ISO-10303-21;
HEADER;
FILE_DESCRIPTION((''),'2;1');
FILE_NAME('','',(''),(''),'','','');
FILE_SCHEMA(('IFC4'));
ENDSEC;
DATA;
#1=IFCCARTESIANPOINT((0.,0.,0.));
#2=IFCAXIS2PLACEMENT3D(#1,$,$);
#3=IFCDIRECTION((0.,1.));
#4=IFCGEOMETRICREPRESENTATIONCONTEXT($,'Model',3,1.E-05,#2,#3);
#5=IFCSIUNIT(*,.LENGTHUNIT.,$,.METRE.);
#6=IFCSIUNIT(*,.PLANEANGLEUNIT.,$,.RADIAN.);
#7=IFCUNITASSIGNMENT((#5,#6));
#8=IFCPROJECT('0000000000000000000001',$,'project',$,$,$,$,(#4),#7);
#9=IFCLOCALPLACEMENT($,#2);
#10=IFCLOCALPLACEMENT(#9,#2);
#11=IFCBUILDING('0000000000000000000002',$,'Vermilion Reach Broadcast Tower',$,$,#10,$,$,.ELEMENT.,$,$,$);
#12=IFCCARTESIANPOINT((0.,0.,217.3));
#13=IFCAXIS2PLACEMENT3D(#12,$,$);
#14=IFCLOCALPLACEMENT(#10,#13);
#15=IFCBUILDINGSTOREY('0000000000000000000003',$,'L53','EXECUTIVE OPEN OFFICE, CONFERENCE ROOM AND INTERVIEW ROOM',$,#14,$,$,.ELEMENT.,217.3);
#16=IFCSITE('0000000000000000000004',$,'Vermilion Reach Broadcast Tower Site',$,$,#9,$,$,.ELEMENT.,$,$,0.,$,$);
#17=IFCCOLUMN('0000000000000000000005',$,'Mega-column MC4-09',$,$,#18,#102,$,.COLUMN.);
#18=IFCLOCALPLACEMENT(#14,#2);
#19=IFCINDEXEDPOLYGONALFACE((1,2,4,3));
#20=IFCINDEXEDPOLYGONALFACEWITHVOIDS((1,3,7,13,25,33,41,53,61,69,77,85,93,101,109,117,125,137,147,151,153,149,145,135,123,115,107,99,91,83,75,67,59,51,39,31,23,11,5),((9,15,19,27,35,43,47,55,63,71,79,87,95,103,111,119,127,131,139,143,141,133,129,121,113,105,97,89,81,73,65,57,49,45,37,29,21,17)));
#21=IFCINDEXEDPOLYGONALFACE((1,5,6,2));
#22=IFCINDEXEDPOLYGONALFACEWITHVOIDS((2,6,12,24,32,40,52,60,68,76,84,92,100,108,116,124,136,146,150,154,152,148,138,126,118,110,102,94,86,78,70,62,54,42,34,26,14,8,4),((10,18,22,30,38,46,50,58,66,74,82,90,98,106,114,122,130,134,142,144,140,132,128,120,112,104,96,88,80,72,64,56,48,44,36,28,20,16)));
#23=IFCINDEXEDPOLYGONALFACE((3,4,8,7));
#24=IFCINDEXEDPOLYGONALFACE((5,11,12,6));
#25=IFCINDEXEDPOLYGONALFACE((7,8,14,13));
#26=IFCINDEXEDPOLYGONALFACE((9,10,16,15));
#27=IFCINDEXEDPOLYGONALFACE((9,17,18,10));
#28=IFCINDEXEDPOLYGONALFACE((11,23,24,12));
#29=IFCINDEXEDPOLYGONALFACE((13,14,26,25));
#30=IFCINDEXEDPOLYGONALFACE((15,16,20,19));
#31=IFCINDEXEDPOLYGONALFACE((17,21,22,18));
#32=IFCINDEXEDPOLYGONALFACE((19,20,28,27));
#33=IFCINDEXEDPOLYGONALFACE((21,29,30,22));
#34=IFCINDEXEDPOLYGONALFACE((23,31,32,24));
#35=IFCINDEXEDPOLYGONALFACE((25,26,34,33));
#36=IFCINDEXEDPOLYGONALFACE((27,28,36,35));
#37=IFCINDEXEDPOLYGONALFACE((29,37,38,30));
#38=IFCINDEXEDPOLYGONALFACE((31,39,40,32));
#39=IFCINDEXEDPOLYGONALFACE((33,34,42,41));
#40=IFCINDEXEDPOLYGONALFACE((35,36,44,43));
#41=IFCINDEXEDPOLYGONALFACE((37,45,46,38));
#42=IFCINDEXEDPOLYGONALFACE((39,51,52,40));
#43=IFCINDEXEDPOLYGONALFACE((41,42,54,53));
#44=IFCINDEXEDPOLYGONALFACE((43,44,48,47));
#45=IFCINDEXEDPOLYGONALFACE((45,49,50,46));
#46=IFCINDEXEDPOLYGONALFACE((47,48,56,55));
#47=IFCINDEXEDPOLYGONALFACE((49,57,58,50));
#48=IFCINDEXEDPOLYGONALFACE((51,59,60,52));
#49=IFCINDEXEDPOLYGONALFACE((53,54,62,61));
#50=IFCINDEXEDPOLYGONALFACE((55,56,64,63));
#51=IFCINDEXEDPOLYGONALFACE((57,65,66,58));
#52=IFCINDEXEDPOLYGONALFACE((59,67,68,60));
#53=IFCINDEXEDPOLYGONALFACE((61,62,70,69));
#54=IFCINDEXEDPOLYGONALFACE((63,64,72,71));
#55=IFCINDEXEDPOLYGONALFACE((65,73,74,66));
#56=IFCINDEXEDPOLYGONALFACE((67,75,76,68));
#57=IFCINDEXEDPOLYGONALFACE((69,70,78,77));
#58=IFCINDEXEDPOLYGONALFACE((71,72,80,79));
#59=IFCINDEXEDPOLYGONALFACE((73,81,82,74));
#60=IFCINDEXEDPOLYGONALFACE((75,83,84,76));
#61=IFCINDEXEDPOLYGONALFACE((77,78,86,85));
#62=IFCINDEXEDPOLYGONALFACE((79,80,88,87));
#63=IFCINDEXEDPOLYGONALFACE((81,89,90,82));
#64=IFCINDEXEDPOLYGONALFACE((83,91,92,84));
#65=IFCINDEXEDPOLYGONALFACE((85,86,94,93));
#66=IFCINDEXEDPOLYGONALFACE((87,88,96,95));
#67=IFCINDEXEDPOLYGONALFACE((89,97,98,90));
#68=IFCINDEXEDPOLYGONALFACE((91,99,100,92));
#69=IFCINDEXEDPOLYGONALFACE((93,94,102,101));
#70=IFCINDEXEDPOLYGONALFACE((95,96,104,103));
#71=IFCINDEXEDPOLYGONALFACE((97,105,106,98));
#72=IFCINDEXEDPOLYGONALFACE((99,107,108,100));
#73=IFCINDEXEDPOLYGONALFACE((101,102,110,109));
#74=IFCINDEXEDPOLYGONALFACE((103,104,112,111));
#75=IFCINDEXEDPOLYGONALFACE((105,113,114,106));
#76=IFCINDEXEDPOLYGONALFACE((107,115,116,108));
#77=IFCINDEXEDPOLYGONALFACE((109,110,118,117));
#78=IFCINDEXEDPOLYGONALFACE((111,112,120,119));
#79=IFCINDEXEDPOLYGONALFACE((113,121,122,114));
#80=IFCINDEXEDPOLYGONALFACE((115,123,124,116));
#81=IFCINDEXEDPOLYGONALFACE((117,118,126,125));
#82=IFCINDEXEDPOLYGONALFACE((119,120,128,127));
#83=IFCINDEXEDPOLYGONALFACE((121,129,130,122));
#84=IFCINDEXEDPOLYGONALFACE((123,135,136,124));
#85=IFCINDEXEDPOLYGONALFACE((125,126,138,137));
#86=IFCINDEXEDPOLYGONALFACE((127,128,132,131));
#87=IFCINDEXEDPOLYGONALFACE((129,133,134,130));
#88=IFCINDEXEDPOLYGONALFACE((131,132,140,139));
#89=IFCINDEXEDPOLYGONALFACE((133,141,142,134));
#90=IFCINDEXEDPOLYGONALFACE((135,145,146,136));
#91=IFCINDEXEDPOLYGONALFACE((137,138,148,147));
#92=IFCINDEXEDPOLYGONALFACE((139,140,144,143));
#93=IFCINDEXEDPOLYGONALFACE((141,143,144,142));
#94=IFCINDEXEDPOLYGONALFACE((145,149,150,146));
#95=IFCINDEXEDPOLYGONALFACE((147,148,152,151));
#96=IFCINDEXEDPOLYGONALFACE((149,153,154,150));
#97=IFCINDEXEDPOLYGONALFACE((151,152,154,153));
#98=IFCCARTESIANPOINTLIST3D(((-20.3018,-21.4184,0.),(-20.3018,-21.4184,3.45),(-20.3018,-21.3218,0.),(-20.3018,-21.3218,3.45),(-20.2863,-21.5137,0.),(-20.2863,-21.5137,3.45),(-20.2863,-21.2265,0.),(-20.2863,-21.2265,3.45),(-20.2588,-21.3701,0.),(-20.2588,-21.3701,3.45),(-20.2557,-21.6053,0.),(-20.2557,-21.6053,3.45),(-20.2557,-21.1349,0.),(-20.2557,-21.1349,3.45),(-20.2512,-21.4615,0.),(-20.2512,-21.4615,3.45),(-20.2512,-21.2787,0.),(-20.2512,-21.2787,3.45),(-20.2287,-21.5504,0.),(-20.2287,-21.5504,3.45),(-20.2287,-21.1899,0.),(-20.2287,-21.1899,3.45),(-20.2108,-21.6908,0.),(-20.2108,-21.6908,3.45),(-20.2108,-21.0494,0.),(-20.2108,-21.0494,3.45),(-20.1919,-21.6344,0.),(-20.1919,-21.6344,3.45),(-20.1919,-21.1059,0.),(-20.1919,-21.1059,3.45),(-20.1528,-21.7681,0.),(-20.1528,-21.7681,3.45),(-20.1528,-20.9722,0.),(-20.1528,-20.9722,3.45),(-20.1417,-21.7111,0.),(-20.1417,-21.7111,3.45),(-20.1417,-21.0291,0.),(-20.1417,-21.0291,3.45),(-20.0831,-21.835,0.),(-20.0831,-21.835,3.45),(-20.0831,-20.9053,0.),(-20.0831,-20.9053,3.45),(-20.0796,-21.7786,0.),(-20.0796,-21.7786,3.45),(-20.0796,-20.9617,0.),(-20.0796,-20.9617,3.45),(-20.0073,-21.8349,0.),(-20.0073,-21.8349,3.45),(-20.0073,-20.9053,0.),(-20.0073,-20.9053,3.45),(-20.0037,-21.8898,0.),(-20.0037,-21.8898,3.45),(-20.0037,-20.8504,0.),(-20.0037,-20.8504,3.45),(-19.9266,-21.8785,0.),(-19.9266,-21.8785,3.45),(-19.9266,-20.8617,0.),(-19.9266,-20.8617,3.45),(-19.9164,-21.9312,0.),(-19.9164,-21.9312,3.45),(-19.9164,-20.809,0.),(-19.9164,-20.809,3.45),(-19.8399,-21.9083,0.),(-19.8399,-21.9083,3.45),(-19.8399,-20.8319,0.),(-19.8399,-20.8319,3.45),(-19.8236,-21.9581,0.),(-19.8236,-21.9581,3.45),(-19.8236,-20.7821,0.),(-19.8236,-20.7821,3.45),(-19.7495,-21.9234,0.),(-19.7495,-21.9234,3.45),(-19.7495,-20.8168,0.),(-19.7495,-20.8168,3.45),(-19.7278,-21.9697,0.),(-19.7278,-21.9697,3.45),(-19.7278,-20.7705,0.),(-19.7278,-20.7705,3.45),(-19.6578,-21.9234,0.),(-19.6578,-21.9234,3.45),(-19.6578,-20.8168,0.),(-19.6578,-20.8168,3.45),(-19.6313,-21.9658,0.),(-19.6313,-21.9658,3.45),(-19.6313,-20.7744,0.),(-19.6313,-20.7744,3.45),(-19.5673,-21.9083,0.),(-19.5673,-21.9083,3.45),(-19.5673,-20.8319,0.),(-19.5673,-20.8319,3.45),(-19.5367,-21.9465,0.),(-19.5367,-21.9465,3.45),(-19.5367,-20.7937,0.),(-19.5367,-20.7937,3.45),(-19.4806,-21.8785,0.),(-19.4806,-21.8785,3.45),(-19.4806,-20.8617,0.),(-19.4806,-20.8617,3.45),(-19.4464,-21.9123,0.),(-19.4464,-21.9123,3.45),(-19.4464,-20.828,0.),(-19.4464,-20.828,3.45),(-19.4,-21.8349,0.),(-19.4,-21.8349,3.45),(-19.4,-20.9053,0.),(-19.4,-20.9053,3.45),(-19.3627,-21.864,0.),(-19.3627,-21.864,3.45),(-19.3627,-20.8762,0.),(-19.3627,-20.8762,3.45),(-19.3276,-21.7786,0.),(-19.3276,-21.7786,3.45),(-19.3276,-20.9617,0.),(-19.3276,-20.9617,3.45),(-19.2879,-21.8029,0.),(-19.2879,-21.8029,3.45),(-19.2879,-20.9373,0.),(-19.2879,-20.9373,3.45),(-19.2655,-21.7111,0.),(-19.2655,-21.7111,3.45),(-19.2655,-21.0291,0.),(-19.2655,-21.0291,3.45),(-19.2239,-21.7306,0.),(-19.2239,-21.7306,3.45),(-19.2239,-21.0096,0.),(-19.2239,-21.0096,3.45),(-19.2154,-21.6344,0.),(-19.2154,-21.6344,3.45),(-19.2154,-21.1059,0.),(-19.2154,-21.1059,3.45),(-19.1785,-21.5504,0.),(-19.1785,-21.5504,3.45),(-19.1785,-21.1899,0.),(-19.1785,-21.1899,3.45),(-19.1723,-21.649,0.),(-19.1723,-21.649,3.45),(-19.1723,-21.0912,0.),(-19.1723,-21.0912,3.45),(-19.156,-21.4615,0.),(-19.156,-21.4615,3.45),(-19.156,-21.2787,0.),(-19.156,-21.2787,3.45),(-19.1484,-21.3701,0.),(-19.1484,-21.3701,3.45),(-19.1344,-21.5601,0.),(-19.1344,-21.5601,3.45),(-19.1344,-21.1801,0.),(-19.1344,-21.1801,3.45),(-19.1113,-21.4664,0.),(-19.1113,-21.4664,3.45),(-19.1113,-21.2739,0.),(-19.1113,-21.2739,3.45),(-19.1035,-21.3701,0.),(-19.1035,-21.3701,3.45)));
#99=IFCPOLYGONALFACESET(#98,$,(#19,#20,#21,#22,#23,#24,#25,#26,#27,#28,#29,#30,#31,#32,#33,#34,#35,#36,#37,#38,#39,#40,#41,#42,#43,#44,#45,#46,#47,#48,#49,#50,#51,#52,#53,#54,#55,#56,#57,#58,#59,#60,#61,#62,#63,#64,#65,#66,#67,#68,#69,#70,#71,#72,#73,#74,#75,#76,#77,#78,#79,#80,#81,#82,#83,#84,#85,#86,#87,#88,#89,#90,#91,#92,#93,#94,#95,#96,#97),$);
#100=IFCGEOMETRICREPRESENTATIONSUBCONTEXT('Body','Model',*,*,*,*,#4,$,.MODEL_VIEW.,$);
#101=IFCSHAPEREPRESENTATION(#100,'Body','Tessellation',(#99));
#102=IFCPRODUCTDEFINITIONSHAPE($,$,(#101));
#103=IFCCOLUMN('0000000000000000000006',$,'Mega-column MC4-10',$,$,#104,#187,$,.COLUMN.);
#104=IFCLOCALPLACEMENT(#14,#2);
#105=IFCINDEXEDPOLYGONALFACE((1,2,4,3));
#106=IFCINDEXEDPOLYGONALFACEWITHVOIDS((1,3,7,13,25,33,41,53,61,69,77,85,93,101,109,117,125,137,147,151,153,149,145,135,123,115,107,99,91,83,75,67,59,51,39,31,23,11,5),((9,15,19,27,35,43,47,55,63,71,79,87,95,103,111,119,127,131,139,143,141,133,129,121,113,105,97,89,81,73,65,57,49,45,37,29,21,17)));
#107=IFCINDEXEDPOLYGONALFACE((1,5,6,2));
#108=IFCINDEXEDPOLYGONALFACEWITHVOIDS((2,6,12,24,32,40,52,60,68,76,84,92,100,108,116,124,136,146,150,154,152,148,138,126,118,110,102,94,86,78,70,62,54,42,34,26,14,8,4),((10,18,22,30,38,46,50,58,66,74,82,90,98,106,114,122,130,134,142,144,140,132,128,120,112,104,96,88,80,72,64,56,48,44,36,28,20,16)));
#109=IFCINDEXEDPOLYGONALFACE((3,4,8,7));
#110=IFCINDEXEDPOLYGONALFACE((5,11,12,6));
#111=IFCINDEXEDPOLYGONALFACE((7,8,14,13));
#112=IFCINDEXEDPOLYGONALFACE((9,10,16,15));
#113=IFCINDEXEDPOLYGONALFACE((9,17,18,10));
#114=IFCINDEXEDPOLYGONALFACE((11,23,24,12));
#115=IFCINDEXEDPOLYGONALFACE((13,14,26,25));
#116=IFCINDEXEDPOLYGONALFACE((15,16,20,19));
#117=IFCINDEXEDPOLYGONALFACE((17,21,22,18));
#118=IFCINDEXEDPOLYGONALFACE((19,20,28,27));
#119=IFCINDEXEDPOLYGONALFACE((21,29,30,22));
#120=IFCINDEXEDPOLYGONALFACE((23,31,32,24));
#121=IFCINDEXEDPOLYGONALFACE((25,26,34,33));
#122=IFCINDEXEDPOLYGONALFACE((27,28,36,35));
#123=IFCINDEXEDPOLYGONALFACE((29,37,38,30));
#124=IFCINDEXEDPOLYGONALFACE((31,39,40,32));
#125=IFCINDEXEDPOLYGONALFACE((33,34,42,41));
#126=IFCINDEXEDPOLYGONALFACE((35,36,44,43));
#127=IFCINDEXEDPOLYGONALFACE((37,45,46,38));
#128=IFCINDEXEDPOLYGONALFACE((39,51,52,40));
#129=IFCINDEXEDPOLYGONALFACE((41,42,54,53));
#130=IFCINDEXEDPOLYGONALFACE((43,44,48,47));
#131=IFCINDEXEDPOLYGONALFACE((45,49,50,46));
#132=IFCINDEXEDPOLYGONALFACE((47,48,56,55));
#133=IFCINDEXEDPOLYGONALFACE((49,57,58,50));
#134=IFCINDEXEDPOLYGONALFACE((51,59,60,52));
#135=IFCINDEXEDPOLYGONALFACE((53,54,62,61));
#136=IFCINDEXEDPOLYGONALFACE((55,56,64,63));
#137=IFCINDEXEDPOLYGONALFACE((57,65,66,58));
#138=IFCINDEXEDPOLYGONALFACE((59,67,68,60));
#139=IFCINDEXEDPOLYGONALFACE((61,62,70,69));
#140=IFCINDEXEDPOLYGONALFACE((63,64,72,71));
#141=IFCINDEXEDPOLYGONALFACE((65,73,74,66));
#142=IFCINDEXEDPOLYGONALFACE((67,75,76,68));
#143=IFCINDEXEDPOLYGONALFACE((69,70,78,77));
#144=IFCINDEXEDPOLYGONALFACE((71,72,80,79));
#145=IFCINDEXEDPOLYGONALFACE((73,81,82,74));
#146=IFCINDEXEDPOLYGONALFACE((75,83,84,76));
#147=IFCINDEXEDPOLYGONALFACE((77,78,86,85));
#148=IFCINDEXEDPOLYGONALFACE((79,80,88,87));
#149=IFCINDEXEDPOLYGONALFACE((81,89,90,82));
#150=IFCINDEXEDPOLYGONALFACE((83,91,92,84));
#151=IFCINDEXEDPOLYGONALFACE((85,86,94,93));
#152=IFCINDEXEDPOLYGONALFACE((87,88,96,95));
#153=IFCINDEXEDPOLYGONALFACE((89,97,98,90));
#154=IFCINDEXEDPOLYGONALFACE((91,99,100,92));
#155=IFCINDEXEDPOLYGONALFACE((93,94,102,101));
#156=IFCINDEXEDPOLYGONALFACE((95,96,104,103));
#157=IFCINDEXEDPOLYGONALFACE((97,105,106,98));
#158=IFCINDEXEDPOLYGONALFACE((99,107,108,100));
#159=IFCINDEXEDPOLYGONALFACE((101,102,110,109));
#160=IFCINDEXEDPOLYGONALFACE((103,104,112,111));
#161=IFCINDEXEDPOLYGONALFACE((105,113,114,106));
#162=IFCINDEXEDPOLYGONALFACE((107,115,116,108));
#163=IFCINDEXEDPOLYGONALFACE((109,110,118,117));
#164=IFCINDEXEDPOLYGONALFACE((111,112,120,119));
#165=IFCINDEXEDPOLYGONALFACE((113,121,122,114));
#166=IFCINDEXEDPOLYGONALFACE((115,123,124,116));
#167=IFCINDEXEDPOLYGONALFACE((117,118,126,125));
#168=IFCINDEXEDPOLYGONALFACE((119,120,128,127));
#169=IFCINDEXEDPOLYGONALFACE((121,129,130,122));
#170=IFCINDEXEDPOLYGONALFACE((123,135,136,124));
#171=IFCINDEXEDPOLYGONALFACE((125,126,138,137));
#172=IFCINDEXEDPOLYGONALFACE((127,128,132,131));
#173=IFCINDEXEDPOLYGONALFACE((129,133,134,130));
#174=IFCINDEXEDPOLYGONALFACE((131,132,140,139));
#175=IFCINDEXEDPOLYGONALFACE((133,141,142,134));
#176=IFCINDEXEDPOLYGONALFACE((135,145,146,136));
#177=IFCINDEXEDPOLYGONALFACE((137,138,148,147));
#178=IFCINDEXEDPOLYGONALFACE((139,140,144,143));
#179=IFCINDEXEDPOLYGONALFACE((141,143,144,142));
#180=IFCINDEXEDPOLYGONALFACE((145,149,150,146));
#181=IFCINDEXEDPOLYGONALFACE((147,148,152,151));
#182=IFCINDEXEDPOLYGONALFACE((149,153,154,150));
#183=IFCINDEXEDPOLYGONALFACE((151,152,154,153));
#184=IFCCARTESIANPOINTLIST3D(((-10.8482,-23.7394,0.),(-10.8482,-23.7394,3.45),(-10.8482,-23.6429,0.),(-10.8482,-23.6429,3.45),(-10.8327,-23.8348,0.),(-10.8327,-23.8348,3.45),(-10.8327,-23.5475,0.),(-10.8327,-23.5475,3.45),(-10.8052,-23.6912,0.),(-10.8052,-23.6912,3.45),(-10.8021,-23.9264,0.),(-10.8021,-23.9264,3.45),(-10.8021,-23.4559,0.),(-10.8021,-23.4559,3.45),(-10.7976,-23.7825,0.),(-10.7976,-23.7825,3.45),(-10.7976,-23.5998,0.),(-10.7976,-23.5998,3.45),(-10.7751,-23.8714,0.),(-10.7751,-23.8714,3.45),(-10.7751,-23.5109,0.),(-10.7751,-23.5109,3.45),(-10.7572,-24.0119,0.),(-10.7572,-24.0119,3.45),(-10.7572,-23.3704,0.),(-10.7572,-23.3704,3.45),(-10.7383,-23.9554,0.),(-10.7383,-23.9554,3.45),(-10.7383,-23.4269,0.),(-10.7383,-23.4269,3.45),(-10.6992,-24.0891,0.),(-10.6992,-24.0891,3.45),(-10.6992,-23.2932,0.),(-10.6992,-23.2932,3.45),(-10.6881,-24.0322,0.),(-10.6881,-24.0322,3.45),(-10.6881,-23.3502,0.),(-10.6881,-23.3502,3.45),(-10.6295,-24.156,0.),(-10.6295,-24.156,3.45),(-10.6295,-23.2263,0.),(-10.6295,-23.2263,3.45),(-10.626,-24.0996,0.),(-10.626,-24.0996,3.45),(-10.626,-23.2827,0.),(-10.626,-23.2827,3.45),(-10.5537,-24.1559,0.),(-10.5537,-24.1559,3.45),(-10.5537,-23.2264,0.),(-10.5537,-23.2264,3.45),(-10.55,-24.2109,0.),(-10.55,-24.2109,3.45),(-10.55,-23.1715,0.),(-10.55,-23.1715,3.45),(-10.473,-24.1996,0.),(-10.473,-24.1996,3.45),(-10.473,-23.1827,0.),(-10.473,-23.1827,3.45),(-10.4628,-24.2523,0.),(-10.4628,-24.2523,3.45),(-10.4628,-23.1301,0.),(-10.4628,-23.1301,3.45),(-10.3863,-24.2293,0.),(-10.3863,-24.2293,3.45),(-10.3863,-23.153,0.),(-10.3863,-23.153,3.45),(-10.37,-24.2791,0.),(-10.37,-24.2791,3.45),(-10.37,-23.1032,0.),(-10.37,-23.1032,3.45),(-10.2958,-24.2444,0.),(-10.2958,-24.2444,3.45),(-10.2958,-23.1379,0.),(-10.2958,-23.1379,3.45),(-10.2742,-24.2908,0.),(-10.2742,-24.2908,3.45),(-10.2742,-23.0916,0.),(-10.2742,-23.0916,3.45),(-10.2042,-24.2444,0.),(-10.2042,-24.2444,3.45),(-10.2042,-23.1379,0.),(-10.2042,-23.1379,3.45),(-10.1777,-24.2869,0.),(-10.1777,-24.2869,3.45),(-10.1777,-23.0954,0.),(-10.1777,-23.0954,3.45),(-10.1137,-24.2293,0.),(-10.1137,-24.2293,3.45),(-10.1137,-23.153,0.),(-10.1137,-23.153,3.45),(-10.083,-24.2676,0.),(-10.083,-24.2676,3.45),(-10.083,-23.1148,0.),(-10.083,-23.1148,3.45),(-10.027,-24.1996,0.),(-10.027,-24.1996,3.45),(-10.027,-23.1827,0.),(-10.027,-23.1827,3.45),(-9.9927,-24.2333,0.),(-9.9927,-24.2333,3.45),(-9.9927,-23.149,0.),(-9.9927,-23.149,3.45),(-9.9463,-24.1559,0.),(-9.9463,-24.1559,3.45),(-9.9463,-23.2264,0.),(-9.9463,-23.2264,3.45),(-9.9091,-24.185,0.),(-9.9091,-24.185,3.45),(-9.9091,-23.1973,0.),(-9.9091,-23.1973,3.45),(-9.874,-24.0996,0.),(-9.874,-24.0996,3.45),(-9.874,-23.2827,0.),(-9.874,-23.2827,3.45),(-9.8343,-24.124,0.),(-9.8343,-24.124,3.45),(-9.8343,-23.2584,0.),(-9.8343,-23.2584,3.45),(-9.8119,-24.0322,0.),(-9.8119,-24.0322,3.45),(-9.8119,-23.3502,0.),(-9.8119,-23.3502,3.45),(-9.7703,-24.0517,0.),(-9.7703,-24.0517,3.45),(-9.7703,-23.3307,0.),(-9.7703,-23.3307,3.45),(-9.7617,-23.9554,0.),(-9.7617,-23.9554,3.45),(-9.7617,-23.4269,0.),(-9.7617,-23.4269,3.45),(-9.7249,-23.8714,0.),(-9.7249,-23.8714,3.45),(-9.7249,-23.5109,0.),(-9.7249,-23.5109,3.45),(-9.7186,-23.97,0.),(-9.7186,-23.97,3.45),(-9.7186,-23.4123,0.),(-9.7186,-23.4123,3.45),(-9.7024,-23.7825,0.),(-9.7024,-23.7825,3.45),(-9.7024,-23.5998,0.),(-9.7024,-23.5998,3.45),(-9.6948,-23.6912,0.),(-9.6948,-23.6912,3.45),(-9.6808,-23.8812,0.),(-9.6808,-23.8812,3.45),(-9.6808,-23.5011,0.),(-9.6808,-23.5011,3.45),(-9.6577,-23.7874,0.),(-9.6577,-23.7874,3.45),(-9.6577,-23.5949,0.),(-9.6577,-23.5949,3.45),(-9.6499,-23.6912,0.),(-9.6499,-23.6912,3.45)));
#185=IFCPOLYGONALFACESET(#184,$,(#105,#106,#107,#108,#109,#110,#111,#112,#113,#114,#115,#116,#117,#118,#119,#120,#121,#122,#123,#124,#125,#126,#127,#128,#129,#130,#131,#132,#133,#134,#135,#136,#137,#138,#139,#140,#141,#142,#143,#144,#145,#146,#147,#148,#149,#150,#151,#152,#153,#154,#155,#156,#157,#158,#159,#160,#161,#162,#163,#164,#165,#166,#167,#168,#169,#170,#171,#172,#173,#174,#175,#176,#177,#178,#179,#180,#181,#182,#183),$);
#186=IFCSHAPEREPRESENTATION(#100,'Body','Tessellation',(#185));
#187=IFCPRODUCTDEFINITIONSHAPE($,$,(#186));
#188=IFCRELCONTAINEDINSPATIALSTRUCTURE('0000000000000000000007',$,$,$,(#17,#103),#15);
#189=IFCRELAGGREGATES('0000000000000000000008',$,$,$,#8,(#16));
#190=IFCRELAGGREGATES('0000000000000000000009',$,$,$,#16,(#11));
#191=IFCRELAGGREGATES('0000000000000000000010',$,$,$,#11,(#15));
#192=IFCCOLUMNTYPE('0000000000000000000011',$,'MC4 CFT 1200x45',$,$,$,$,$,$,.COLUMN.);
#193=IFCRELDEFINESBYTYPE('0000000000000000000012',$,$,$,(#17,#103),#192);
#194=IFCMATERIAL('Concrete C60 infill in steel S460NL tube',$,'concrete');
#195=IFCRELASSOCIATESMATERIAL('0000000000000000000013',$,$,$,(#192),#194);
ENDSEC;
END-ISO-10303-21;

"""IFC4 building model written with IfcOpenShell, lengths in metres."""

from ifc_helpers import new_model, si_unit, direction, frame, origin, origin_2d, place, context, subcontext, project, spatial, hollow_circle, extrude, material, material_profile, profile_set, type_object, element, save


model = new_model("IFC4")

# Units and contexts
model_context = context("Model", 3, precision=1e-05, world=origin(), true_north=direction((0.0, 1.0)))
body_context = subcontext(model_context, "Body", "Model", "MODEL_VIEW")
ifc_project = project(units=[si_unit("LENGTHUNIT", "METRE"), si_unit("PLANEANGLEUNIT", "RADIAN")], contexts=[model_context])

# Site, building, storey
site_placement = place(None, origin())
site = spatial("IfcSite", under=ifc_project, at=site_placement, Name="Vermilion Reach Broadcast Tower Site", CompositionType="ELEMENT", RefElevation=0.0)
building_placement = place(site_placement, origin())
building = spatial("IfcBuilding", under=site, at=building_placement, Name="Vermilion Reach Broadcast Tower", CompositionType="ELEMENT")
storey_placement = place(building_placement, frame((0.0, 0.0, 217.3)))
storey = spatial("IfcBuildingStorey", under=building, at=storey_placement, Name="L53", Description="EXECUTIVE OPEN OFFICE, CONFERENCE ROOM AND INTERVIEW ROOM", CompositionType="ELEMENT", Elevation=217.3)

# Columns
ifc_material_1 = material(Name="Concrete C60 infill in steel S460NL tube", Category="concrete")
ifc_material_profile_1 = material_profile(ifc_material_1, hollow_circle(Radius=0.6001, WallThickness=0.0449, at=origin_2d()), Name="Concrete C60 infill in steel S460NL tube CFT 1200x45")
ifc_profile_set_1 = profile_set([ifc_material_profile_1], Name="Concrete C60 infill in steel S460NL tube")
column_type = type_object("IfcColumnType", Name="MC4 CFT 1200x45", PredefinedType="COLUMN", material=ifc_profile_set_1)
for number, where, z_axis, x_axis, name in (
    (1, (-19.7036, -21.3701, 0.0), (0.0, 0.0, 1.0), (1.0, 0.0, 0.0), "Mega-column MC4-09"),
    (2, (-10.25, -23.6912, 0.0), (0.0, 0.0, 1.0), (1.0, 0.0, 0.0), "Mega-column MC4-10"),
):
    element("IfcColumn", number, at=place(storey_placement, frame(where, z_axis=z_axis, x_axis=x_axis)), inside=storey, type_object=column_type, Name=name, PredefinedType="COLUMN", context=body_context, shape_type="SweptSolid", body=[
        extrude(hollow_circle(Radius=0.6001, WallThickness=0.0449, at=origin_2d()), origin(), (0.0, 0.0, 1.0), 3.45),
    ])

save(model, "model.ifc")
